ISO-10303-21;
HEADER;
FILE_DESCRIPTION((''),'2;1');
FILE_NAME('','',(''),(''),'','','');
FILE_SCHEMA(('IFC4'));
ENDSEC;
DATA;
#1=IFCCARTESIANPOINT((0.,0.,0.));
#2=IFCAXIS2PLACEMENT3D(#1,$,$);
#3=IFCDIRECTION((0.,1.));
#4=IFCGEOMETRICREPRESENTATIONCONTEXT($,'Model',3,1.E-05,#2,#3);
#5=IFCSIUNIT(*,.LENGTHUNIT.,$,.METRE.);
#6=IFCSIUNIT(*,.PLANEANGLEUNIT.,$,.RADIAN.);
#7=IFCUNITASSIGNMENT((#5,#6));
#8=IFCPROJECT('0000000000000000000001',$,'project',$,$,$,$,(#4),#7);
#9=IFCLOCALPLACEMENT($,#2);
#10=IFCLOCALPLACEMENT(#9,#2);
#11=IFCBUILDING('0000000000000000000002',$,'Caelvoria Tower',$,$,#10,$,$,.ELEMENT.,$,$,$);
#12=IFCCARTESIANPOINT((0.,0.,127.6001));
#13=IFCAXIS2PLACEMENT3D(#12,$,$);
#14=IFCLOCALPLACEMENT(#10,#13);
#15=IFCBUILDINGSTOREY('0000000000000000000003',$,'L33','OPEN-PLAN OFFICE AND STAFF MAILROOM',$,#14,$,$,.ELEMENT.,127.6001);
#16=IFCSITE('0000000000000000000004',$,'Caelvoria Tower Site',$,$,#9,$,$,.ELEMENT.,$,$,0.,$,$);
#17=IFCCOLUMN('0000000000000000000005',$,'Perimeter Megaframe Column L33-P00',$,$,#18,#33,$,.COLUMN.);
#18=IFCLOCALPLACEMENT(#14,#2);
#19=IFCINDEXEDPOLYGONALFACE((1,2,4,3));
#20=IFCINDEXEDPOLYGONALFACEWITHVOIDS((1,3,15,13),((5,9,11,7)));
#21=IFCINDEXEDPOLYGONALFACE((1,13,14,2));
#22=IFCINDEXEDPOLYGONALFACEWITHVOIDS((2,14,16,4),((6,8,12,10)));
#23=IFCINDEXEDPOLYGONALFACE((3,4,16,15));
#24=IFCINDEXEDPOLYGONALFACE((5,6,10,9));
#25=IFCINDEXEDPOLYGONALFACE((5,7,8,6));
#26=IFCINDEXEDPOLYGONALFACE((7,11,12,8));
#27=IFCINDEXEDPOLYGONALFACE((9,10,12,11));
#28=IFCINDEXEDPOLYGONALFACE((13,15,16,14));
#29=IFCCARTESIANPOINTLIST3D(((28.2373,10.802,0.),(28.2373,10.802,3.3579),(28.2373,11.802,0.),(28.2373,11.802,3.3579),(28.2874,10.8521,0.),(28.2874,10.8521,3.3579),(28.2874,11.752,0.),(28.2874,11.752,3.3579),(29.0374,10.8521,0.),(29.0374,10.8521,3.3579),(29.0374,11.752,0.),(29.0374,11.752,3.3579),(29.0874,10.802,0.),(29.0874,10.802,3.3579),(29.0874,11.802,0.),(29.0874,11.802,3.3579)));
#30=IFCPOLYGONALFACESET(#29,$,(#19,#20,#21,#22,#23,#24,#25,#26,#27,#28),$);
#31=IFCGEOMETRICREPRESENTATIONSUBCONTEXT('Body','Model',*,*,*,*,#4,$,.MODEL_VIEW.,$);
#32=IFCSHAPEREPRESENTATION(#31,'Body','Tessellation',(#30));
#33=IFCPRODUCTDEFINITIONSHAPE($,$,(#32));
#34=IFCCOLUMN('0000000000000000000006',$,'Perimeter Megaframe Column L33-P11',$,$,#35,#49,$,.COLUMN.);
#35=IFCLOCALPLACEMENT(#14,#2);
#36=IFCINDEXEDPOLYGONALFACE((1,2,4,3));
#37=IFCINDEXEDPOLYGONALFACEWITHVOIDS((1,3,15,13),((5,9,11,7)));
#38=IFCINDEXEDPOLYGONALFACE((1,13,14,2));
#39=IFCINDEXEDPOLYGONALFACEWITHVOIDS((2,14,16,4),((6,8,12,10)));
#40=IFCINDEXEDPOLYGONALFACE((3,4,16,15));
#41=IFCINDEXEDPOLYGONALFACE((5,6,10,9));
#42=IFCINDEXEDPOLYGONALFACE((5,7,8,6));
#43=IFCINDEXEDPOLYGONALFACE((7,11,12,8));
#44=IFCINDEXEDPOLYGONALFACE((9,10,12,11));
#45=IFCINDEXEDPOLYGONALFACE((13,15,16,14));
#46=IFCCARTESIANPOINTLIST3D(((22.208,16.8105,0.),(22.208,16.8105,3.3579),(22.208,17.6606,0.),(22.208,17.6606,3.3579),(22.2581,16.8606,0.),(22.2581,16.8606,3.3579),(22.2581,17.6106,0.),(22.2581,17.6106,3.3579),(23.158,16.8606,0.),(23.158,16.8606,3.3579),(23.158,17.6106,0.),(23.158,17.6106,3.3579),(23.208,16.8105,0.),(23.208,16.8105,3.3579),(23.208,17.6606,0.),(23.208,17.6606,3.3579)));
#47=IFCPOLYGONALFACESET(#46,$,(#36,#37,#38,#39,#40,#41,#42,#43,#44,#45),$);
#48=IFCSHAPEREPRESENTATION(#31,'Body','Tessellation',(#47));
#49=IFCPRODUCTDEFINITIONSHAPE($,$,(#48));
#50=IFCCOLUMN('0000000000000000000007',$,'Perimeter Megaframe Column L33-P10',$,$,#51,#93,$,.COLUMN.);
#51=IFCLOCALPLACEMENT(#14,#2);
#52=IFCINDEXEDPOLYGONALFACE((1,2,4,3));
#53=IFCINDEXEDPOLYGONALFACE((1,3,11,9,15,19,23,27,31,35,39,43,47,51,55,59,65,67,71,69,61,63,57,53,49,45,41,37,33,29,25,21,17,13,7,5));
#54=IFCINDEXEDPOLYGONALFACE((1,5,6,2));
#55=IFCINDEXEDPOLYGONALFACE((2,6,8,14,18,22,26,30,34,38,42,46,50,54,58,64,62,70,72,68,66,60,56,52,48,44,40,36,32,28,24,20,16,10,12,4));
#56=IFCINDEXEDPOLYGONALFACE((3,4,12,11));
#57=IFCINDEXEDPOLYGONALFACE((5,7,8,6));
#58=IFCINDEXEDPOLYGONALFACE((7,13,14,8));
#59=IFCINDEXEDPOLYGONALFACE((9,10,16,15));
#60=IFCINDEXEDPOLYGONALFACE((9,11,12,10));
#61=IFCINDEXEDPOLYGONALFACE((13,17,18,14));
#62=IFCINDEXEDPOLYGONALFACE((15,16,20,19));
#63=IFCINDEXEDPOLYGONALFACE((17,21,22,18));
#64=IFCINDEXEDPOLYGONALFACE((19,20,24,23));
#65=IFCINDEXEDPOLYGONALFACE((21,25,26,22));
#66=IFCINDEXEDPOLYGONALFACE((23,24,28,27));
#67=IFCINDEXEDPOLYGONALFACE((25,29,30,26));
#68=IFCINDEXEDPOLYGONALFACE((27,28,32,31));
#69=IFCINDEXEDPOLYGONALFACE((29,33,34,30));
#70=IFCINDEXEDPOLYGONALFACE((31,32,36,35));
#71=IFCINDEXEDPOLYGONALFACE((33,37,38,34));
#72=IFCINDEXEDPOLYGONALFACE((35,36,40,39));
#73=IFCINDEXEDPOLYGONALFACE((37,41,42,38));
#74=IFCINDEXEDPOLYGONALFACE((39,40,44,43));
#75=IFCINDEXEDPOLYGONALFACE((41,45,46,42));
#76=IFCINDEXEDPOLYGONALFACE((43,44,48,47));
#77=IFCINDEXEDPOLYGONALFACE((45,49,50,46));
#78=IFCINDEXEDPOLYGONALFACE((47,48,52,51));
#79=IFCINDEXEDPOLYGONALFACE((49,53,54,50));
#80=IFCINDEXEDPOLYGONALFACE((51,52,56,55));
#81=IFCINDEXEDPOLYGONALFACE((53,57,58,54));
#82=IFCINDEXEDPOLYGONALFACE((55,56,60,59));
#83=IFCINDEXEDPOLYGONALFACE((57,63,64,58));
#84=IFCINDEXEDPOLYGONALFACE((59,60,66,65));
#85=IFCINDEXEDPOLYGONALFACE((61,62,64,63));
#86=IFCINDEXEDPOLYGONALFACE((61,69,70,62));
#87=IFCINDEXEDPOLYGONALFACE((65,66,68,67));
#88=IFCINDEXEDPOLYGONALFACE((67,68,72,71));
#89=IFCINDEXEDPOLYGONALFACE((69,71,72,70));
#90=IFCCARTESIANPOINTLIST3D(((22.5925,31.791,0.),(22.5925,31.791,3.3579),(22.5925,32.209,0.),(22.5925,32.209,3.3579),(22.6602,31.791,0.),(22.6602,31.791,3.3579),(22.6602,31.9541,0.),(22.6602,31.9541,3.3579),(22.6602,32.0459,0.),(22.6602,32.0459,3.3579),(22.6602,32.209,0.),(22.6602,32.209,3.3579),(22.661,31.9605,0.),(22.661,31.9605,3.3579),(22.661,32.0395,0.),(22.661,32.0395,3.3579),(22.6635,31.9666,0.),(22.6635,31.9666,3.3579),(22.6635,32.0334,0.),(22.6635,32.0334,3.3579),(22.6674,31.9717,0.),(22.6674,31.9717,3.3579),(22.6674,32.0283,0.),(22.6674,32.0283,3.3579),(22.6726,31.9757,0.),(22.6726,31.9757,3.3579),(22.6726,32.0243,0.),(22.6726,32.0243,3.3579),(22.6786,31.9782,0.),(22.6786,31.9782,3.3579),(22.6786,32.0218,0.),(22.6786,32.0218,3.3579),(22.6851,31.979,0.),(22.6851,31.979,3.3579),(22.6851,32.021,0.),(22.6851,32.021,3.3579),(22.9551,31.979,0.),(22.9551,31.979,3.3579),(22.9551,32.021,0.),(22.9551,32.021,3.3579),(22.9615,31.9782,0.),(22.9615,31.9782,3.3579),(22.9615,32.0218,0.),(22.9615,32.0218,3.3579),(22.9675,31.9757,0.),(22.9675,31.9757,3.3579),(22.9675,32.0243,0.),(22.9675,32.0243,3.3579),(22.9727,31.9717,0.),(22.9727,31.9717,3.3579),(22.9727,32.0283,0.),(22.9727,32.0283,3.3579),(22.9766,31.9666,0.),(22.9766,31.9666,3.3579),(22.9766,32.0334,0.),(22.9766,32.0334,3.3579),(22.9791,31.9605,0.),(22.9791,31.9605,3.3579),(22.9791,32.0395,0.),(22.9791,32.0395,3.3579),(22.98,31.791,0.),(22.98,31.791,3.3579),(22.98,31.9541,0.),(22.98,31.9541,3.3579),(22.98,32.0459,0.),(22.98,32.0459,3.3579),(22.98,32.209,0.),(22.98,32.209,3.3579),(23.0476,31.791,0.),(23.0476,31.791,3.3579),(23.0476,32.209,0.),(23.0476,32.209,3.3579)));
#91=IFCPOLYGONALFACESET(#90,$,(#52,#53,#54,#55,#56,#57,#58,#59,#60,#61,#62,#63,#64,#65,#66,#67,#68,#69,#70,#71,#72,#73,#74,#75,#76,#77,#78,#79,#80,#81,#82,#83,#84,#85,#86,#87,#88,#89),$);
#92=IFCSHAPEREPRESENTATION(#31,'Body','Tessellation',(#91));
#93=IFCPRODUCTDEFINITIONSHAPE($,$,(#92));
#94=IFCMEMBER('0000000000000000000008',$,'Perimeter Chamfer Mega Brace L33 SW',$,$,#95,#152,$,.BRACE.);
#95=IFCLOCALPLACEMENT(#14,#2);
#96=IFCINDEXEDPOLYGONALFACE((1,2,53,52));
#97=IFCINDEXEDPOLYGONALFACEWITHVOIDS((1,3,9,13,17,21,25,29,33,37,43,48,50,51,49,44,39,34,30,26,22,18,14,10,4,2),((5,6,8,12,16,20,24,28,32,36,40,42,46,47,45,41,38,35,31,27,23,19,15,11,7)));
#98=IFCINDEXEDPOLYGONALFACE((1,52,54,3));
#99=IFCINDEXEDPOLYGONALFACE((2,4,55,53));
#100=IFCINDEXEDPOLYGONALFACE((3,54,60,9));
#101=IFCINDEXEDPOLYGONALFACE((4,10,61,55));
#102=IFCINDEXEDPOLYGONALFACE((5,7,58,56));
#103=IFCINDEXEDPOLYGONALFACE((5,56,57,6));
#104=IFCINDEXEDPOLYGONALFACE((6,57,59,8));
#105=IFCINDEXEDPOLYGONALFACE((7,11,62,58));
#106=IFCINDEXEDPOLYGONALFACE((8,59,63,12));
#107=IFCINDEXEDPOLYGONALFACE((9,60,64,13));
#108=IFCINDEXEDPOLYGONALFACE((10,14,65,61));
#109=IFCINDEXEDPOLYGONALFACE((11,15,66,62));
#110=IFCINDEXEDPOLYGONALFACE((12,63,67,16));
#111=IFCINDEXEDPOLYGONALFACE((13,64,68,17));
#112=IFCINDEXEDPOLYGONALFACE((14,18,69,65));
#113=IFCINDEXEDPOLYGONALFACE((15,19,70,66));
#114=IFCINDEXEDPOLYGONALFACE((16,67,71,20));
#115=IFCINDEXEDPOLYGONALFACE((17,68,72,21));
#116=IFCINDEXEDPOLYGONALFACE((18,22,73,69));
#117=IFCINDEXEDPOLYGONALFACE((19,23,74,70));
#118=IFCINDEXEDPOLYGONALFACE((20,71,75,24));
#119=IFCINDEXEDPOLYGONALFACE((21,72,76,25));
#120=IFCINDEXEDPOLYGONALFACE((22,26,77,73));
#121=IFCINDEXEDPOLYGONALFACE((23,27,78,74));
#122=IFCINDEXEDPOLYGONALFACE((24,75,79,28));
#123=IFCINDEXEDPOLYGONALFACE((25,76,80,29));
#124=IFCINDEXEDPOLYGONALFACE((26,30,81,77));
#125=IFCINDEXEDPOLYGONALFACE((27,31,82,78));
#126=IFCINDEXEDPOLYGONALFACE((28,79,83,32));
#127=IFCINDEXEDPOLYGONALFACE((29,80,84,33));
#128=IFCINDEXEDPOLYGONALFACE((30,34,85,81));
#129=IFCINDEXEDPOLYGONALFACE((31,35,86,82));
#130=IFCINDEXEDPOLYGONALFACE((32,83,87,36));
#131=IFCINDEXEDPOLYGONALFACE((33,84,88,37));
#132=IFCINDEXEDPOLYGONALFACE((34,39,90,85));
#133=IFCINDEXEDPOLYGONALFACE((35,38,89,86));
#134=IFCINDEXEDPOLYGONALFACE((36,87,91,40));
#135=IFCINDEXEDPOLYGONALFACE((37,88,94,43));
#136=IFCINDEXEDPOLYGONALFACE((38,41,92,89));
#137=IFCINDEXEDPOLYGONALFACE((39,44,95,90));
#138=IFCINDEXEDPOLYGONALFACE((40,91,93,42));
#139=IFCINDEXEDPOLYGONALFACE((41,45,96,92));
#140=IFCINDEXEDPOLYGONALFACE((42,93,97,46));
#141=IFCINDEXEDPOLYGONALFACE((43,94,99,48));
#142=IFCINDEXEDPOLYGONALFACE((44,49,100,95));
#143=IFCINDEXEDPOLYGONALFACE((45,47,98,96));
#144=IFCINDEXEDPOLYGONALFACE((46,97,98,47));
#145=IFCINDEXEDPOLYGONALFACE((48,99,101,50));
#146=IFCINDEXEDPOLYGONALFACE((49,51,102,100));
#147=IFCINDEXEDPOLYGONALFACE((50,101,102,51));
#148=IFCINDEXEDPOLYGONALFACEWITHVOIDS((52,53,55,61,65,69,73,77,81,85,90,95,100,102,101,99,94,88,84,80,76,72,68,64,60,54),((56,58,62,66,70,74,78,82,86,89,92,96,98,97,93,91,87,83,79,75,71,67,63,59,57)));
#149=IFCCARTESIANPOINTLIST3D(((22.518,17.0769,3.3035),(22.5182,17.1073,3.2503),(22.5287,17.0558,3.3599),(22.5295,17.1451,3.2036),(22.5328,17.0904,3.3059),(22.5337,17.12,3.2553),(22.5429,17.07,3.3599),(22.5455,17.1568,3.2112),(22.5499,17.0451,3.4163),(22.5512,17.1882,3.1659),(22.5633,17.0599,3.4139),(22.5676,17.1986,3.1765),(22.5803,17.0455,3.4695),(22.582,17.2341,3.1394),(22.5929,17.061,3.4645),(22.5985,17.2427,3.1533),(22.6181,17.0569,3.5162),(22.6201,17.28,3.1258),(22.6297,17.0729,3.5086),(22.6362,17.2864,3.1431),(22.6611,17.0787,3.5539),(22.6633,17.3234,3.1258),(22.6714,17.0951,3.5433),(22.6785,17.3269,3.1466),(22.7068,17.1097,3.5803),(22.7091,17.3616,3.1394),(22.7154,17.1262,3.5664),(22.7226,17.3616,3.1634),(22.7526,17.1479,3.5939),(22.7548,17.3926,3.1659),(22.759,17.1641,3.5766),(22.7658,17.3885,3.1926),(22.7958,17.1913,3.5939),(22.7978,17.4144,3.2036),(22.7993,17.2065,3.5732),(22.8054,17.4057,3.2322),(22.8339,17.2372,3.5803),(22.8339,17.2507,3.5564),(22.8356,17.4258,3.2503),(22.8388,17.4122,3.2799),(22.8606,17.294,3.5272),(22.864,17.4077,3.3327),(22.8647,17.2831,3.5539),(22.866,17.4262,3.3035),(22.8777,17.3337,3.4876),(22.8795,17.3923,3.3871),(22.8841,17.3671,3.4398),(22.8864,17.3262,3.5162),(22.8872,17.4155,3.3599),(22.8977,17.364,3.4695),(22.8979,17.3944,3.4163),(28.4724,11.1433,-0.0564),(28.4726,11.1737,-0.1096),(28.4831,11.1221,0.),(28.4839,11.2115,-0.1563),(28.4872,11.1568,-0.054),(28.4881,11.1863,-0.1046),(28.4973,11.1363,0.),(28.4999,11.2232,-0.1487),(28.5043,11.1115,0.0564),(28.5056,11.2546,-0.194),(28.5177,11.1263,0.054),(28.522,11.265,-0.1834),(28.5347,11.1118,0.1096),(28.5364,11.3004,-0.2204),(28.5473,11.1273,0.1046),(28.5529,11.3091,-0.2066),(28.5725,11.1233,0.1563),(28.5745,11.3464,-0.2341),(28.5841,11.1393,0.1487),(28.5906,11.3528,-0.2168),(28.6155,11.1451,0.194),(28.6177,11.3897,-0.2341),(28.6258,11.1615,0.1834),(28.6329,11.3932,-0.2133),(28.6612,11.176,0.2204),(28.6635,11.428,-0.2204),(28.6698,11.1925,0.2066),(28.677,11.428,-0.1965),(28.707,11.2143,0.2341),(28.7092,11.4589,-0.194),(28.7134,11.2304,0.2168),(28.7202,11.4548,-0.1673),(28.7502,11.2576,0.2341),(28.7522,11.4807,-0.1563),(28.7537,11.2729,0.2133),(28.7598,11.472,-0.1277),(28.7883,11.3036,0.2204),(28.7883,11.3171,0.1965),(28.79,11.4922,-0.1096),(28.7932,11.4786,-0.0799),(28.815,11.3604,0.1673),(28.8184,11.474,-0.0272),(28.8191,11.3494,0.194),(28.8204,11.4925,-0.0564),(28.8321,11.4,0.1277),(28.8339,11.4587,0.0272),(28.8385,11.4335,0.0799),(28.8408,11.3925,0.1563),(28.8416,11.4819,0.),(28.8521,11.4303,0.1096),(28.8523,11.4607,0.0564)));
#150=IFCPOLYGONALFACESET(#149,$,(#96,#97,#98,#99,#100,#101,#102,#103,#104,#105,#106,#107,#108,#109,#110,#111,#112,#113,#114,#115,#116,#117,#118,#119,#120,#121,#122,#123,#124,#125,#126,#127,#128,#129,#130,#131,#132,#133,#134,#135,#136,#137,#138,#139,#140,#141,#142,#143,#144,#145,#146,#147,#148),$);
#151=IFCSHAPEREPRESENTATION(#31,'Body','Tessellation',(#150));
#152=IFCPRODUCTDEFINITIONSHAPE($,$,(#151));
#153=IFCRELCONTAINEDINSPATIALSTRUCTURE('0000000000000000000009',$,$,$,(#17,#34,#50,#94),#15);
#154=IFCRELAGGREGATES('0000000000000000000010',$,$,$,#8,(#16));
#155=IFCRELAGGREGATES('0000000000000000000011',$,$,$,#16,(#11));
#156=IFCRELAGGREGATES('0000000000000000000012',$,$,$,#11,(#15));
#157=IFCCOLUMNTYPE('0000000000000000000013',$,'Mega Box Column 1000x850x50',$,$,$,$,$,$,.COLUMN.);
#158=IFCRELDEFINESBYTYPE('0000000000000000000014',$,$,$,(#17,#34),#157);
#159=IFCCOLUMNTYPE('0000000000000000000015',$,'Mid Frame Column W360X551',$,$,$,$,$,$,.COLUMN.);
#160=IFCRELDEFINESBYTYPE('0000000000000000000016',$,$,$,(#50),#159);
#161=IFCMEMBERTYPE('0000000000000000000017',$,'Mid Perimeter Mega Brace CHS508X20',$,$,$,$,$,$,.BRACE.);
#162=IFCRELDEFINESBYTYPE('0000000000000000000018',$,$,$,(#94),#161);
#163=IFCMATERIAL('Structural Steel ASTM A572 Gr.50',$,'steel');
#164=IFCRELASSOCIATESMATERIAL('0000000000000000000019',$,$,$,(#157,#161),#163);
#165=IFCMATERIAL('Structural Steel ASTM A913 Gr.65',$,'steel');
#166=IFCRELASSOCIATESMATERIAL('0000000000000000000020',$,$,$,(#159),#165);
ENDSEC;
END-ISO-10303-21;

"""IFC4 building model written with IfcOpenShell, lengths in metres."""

from ifc_helpers import new_model, si_unit, direction, frame, origin, origin_2d, place, context, subcontext, project, spatial, hollow_rectangle, hollow_circle, i_section, extrude, material, material_profile, profile_set, type_object, element, save


model = new_model("IFC4")

# Units and contexts
model_context = context("Model", 3, precision=1e-05, world=origin(), true_north=direction((0.0, 1.0)))
body_context = subcontext(model_context, "Body", "Model", "MODEL_VIEW")
ifc_project = project(units=[si_unit("LENGTHUNIT", "METRE"), si_unit("PLANEANGLEUNIT", "RADIAN")], contexts=[model_context])

# Site, building, storey
site_placement = place(None, origin())
site = spatial("IfcSite", under=ifc_project, at=site_placement, Name="Caelvoria Tower Site", CompositionType="ELEMENT", RefElevation=0.0)
building_placement = place(site_placement, origin())
building = spatial("IfcBuilding", under=site, at=building_placement, Name="Caelvoria Tower", CompositionType="ELEMENT")
storey_placement = place(building_placement, frame((0.0, 0.0, 127.6001)))
storey = spatial("IfcBuildingStorey", under=building, at=storey_placement, Name="L33", Description="OPEN-PLAN OFFICE AND STAFF MAILROOM", CompositionType="ELEMENT", Elevation=127.6001)

# Columns
ifc_material_1 = material(Name="Structural Steel ASTM A572 Gr.50", Category="steel")
ifc_material_profile_1 = material_profile(ifc_material_1, hollow_rectangle(XDim=0.8501, YDim=1.0, WallThickness=0.05, at=origin_2d()), Name="Structural Steel ASTM A572 Gr.50")
ifc_profile_set_1 = profile_set([ifc_material_profile_1], Name="BOX1000X850X50 - Structural Steel ASTM A572 Gr.50")
column_type_1 = type_object("IfcColumnType", Name="Mega Box Column 1000x850x50", PredefinedType="COLUMN", material=ifc_profile_set_1)
for number, where, z_axis, x_axis, name in (
    (1, (28.6624, 11.302, 0.0), (0.0, 0.0, 1.0), (1.0, 0.0, 0.0), "Perimeter Megaframe Column L33-P00"),
    (2, (22.708, 17.2356, 0.0), (0.0, 0.0, 1.0), (0.0, 1.0, 0.0), "Perimeter Megaframe Column L33-P11"),
):
    element("IfcColumn", number, at=place(storey_placement, frame(where, z_axis=z_axis, x_axis=x_axis)), inside=storey, type_object=column_type_1, Name=name, PredefinedType="COLUMN", context=body_context, shape_type="SweptSolid", body=[
        extrude(hollow_rectangle(XDim=0.8501, YDim=1.0, WallThickness=0.05, at=origin_2d()), origin(), (0.0, 0.0, 1.0), 3.3579),
    ])
ifc_material_2 = material(Name="Structural Steel ASTM A913 Gr.65", Category="steel")
ifc_material_profile_2 = material_profile(ifc_material_2, i_section(OverallWidth=0.418, OverallDepth=0.4551, WebThickness=0.042, FlangeThickness=0.0676, FilletRadius=0.0249, at=origin_2d()), Name="Structural Steel ASTM A913 Gr.65")
ifc_profile_set_2 = profile_set([ifc_material_profile_2], Name="W360X551 - Structural Steel ASTM A913 Gr.65")
column_type_2 = type_object("IfcColumnType", Name="Mid Frame Column W360X551", PredefinedType="COLUMN", material=ifc_profile_set_2)
column_placement = place(storey_placement, frame((22.8201, 32.0, 0.0), z_axis=(0.0, 0.0, 1.0), x_axis=(0.0, 1.0, 0.0)))
element("IfcColumn", 3, at=column_placement, inside=storey, type_object=column_type_2, Name="Perimeter Megaframe Column L33-P10", PredefinedType="COLUMN", context=body_context, shape_type="SweptSolid", body=[
    extrude(i_section(OverallWidth=0.418, OverallDepth=0.4551, WebThickness=0.042, FlangeThickness=0.0676, FilletRadius=0.0249, at=origin_2d()), origin(), (0.0, 0.0, 1.0), 3.3579),
])

# Member
ifc_material_profile_3 = material_profile(ifc_material_1, hollow_circle(Radius=0.2539, WallThickness=0.02, at=origin_2d()), Name="Structural Steel ASTM A572 Gr.50")
ifc_profile_set_3 = profile_set([ifc_material_profile_3], Name="CHS508X20 - Structural Steel ASTM A572 Gr.50")
member_type = type_object("IfcMemberType", Name="Mid Perimeter Mega Brace CHS508X20", PredefinedType="BRACE", material=ifc_profile_set_3)
member_1_placement = place(storey_placement, frame((28.6624, 11.302, 0.0), z_axis=(-0.657746, 0.655454, 0.371147), x_axis=(-0.705871, -0.70834, 0.0)))
element("IfcMember", 4, at=member_1_placement, inside=storey, type_object=member_type, Name="Perimeter Chamfer Mega Brace L33 SW", PredefinedType="BRACE", context=body_context, shape_type="SweptSolid", body=[
    extrude(hollow_circle(Radius=0.2539, WallThickness=0.02, at=origin_2d()), origin(), (0.0, 0.0, 1.0), 9.0527),
])

save(model, "model.ifc")
